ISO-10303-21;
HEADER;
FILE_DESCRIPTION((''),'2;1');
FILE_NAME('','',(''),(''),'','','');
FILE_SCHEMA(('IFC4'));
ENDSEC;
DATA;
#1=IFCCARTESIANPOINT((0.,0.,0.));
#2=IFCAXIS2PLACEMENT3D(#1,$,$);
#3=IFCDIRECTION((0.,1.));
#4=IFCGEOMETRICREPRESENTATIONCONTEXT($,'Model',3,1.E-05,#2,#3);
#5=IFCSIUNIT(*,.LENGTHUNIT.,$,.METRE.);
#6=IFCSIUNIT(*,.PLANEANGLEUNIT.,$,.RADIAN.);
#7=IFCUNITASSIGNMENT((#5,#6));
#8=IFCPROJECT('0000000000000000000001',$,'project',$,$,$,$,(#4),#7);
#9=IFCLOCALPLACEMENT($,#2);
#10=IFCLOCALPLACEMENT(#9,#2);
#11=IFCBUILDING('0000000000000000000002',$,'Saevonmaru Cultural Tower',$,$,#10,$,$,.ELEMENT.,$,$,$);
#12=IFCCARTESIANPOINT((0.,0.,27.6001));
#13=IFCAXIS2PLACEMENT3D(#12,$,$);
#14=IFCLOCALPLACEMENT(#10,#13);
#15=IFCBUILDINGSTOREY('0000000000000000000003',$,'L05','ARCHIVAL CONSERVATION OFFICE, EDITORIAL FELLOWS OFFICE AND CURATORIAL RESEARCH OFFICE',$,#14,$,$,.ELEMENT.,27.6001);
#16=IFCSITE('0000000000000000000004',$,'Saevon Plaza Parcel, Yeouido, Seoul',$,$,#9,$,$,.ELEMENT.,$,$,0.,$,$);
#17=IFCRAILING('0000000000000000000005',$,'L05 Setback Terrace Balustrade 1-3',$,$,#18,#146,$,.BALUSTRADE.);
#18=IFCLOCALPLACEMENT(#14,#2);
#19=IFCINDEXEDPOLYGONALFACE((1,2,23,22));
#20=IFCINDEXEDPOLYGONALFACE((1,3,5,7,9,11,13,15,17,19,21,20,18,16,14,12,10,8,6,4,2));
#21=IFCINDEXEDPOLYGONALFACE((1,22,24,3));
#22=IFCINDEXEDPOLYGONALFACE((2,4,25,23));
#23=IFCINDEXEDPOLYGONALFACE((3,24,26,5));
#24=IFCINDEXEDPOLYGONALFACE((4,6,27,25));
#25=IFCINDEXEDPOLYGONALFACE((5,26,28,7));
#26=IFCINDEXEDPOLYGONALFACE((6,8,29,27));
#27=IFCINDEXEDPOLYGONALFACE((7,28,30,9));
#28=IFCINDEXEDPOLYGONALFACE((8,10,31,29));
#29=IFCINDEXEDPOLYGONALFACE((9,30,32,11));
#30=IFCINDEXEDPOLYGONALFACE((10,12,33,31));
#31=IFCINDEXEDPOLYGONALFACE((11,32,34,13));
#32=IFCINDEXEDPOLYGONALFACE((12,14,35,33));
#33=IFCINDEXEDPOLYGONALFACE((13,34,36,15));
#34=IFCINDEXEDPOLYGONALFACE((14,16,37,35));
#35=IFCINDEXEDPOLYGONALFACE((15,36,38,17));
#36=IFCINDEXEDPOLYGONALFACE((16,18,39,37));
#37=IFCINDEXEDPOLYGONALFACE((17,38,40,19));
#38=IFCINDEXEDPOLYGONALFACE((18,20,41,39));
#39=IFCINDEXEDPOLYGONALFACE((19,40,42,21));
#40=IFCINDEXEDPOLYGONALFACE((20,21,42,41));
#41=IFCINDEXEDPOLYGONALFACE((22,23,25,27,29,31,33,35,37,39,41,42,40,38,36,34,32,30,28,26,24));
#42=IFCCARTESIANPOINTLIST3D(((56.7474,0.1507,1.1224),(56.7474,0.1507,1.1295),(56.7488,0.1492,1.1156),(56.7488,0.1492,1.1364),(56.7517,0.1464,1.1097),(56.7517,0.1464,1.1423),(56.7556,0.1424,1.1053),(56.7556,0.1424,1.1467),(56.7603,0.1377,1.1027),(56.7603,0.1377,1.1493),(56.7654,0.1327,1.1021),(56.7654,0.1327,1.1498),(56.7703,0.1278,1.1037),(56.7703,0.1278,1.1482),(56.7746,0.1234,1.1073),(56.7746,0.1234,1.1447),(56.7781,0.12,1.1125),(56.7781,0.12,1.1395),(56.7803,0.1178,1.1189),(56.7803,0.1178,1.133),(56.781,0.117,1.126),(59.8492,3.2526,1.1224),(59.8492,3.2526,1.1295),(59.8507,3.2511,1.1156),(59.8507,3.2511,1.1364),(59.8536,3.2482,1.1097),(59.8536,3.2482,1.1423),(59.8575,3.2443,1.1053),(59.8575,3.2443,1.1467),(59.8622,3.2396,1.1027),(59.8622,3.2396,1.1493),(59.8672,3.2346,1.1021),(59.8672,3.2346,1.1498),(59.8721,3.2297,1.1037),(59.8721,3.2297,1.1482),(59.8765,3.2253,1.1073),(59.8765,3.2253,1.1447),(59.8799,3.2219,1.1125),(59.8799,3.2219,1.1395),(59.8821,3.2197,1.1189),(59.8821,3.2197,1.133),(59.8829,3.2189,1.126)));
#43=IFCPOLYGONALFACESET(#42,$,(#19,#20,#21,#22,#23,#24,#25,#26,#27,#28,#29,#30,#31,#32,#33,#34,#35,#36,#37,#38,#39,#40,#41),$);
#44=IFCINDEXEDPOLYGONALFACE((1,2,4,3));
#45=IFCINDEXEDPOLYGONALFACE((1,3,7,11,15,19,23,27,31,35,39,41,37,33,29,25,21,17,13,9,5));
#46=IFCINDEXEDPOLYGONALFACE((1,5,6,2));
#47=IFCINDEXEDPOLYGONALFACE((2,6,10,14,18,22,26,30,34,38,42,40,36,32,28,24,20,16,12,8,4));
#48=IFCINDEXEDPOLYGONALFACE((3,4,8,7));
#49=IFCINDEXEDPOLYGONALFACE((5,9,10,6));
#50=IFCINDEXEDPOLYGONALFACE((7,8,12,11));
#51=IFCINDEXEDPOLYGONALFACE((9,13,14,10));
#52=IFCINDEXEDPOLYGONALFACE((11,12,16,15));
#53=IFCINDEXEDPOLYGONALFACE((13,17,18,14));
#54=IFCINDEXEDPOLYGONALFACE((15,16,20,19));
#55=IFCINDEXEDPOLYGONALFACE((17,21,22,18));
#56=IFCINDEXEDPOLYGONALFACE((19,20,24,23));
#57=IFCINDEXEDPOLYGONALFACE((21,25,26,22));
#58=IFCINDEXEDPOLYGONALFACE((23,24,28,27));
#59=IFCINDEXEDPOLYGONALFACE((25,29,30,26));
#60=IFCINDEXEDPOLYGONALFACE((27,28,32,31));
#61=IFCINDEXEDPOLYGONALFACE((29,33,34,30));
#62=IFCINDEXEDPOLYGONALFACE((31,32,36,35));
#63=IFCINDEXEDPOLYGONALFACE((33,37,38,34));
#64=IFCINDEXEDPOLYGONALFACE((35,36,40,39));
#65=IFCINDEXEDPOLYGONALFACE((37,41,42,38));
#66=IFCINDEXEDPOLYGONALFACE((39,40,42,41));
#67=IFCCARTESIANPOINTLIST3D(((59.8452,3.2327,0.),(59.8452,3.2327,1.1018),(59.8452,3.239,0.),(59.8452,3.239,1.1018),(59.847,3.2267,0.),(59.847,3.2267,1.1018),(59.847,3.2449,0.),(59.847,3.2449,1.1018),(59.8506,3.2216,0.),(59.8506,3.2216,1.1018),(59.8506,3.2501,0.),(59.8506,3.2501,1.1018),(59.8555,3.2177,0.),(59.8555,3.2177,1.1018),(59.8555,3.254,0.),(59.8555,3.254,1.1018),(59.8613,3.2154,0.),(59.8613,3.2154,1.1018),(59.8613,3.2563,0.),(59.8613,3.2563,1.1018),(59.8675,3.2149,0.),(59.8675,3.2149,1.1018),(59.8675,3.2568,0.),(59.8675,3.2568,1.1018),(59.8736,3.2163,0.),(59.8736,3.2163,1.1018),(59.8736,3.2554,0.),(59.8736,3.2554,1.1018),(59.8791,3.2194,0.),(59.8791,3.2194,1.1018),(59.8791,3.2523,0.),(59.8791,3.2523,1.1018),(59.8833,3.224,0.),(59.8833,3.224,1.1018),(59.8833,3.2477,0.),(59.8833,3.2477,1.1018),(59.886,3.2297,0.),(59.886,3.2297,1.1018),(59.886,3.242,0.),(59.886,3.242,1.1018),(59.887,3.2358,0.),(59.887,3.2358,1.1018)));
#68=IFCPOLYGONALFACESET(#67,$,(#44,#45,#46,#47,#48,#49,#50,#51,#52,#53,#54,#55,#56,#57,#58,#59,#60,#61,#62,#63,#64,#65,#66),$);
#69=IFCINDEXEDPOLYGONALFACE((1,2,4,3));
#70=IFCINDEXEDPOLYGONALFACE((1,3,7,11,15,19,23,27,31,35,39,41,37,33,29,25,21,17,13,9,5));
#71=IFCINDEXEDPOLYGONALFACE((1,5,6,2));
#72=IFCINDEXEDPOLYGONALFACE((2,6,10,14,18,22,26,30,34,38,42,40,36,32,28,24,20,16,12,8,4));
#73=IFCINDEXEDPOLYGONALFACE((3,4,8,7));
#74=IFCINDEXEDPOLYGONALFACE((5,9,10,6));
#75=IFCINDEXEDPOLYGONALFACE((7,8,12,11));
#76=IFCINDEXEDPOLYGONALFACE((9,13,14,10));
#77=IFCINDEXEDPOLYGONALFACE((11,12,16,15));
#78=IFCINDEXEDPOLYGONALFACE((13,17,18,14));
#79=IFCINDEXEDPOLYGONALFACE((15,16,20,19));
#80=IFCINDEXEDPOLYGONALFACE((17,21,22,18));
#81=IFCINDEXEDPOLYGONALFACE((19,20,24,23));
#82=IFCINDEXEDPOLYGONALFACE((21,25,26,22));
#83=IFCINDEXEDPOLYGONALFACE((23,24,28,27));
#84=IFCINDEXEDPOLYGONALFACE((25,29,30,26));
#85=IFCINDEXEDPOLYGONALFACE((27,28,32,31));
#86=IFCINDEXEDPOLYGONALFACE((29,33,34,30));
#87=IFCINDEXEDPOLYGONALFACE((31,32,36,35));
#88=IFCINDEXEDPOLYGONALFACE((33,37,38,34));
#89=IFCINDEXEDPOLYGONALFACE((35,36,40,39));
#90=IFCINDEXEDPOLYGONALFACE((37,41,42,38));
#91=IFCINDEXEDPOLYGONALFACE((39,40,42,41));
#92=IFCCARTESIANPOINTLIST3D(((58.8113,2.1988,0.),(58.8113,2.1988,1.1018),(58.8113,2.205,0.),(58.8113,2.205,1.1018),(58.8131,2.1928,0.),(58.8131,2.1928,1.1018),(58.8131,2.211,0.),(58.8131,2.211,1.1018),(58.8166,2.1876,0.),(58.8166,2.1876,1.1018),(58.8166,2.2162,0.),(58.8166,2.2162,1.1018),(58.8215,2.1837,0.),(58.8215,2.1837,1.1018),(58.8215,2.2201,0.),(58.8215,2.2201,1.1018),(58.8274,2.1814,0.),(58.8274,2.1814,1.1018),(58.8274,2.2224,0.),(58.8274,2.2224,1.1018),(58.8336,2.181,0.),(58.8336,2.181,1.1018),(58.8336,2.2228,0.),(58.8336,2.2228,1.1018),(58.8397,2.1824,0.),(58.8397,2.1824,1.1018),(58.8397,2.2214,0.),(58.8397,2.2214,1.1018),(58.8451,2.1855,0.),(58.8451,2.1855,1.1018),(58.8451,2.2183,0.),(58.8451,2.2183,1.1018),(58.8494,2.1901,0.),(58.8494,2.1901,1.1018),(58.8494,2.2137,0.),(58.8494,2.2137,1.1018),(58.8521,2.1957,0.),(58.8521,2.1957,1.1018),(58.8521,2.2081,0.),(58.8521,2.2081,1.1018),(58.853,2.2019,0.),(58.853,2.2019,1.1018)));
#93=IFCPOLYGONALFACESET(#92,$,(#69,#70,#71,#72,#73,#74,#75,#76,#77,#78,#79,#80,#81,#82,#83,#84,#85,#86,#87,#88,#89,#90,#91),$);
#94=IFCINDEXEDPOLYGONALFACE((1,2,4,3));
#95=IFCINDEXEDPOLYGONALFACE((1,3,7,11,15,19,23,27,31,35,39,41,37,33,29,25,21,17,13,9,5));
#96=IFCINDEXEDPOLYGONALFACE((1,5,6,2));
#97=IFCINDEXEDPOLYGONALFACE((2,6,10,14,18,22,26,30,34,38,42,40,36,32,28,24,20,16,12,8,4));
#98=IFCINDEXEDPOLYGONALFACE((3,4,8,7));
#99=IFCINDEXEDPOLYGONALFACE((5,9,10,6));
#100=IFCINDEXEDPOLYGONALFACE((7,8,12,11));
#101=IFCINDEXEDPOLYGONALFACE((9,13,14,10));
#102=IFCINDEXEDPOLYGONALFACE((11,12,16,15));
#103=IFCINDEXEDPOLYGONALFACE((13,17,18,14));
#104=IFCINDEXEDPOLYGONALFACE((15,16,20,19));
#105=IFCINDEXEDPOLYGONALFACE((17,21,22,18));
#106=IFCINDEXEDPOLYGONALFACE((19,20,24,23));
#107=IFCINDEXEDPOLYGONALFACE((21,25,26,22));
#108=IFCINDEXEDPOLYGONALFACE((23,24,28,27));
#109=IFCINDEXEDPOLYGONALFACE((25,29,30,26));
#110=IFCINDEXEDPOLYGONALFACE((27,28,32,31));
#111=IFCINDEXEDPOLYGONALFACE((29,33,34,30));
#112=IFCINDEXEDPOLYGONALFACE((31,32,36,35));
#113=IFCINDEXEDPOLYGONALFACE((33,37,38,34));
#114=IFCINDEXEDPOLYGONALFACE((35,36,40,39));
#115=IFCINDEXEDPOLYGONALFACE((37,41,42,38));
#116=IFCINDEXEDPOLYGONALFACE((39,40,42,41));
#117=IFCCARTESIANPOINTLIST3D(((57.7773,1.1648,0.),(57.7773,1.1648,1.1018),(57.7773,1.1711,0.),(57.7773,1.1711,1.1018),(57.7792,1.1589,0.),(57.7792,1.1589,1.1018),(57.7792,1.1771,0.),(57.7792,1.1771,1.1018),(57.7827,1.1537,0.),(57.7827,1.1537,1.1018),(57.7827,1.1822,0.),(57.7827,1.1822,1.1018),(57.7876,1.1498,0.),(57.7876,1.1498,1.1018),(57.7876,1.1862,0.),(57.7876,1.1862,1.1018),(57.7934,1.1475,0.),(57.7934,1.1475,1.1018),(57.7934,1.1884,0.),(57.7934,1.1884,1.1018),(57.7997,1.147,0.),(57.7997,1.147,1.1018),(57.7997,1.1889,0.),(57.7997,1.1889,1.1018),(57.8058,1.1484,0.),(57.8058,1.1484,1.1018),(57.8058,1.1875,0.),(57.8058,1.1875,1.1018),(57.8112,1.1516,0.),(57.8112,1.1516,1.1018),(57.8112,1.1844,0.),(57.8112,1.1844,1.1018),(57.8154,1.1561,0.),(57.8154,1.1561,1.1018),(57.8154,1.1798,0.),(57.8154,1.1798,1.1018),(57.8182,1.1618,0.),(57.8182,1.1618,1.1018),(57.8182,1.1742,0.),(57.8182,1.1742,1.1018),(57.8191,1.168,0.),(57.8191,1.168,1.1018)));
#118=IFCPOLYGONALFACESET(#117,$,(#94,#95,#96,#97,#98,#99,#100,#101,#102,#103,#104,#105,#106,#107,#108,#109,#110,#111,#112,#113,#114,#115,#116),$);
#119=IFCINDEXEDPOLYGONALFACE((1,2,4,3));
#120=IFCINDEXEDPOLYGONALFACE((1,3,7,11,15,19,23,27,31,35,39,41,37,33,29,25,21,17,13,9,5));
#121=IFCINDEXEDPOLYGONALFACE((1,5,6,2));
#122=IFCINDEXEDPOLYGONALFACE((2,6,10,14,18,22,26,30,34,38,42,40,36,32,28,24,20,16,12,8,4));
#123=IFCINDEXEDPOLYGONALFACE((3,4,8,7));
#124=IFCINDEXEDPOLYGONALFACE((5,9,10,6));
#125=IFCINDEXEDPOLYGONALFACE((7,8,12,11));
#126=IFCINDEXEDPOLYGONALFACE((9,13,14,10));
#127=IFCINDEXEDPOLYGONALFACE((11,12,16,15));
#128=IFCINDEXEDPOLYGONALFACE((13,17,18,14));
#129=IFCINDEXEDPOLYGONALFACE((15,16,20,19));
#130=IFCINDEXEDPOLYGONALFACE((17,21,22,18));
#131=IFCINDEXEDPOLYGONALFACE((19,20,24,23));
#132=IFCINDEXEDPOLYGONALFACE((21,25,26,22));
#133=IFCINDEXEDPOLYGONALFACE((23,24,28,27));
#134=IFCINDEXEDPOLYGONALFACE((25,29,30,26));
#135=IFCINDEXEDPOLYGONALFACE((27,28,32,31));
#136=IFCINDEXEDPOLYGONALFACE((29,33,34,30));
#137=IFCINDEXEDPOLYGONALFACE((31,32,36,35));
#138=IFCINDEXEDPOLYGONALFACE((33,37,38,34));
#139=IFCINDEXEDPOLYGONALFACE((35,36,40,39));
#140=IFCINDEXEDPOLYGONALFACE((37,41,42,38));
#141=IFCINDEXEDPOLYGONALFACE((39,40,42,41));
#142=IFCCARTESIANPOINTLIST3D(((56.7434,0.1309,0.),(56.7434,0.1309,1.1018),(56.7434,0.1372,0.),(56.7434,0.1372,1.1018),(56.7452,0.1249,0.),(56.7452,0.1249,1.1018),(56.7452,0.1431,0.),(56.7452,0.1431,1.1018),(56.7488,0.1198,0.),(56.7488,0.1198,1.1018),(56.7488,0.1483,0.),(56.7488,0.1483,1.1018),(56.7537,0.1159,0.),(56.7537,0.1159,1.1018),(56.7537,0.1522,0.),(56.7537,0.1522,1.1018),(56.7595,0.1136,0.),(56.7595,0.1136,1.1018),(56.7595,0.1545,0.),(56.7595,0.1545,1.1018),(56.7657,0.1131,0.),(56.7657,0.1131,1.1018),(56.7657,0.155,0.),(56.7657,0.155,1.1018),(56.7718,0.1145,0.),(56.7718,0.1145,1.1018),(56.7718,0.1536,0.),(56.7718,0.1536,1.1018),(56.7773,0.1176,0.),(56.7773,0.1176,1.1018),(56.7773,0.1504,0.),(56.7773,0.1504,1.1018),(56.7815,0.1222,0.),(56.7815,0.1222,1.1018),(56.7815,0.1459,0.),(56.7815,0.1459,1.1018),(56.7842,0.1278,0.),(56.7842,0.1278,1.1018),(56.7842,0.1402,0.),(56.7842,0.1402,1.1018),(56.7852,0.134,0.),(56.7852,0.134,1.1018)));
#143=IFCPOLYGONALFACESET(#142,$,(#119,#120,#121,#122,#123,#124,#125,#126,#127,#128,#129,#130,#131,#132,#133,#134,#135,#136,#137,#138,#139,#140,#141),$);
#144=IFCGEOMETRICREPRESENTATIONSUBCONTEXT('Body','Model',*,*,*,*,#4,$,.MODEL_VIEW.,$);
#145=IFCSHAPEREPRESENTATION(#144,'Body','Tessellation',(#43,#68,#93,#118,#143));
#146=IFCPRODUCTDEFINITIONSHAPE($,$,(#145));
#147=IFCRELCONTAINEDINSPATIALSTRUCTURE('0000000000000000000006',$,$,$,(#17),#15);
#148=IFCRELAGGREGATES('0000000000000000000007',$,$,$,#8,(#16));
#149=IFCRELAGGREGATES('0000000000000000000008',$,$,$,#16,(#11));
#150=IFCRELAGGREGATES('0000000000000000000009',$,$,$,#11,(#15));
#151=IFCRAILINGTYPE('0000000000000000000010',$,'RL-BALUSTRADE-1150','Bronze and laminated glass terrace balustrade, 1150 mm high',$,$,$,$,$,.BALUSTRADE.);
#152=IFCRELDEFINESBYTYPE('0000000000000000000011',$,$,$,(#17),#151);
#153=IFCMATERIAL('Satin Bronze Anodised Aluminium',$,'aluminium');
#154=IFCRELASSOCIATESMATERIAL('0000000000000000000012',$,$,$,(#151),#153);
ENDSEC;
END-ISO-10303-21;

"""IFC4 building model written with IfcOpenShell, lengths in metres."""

from ifc_helpers import new_model, si_unit, direction, frame, origin, origin_2d, place, context, subcontext, project, spatial, circle, extrude, material, type_object, element, save


model = new_model("IFC4")

# Units and contexts
model_context = context("Model", 3, precision=1e-05, world=origin(), true_north=direction((0.0, 1.0)))
body_context = subcontext(model_context, "Body", "Model", "MODEL_VIEW")
ifc_project = project(units=[si_unit("LENGTHUNIT", "METRE"), si_unit("PLANEANGLEUNIT", "RADIAN")], contexts=[model_context])

# Site, building, storey
site_placement = place(None, origin())
site = spatial("IfcSite", under=ifc_project, at=site_placement, Name="Saevon Plaza Parcel, Yeouido, Seoul", CompositionType="ELEMENT", RefElevation=0.0)
building_placement = place(site_placement, origin())
building = spatial("IfcBuilding", under=site, at=building_placement, Name="Saevonmaru Cultural Tower", CompositionType="ELEMENT")
storey_placement = place(building_placement, frame((0.0, 0.0, 27.6001)))
storey = spatial("IfcBuildingStorey", under=building, at=storey_placement, Name="L05", Description="ARCHIVAL CONSERVATION OFFICE, EDITORIAL FELLOWS OFFICE AND CURATORIAL RESEARCH OFFICE", CompositionType="ELEMENT", Elevation=27.6001)

# Shared definitions
ifc_material_1 = material(Name="Satin Bronze Anodised Aluminium", Category="aluminium")

# Railing
railing_type = type_object("IfcRailingType", Name="RL-BALUSTRADE-1150", Description="Bronze and laminated glass terrace balustrade, 1150 mm high", PredefinedType="BALUSTRADE", material=ifc_material_1)
railing_1_placement = place(storey_placement, frame((59.866, 3.2358, 0.0)))
element("IfcRailing", 1, at=railing_1_placement, inside=storey, type_object=railing_type, Name="L05 Setback Terrace Balustrade 1-3", PredefinedType="BALUSTRADE", context=body_context, shape_type="SweptSolid", body=[
    extrude(circle(Radius=0.0239, at=origin_2d()), frame((0.0, 0.0, 1.126), z_axis=(-0.707107, -0.707107, 0.0), x_axis=(0.707107, -0.707107, 0.0)), (0.0, 0.0, 1.0), 4.3867),
    extrude(circle(Radius=0.021, at=origin_2d()), origin(), (0.0, 0.0, 1.0), 1.1018),
    extrude(circle(Radius=0.021, at=origin_2d()), frame((-1.0339, -1.0339, 0.0)), (0.0, 0.0, 1.0), 1.1018),
    extrude(circle(Radius=0.021, at=origin_2d()), frame((-2.0679, -2.0679, 0.0)), (0.0, 0.0, 1.0), 1.1018),
    extrude(circle(Radius=0.021, at=origin_2d()), frame((-3.1018, -3.1018, 0.0)), (0.0, 0.0, 1.0), 1.1018),
])

save(model, "model.ifc")
